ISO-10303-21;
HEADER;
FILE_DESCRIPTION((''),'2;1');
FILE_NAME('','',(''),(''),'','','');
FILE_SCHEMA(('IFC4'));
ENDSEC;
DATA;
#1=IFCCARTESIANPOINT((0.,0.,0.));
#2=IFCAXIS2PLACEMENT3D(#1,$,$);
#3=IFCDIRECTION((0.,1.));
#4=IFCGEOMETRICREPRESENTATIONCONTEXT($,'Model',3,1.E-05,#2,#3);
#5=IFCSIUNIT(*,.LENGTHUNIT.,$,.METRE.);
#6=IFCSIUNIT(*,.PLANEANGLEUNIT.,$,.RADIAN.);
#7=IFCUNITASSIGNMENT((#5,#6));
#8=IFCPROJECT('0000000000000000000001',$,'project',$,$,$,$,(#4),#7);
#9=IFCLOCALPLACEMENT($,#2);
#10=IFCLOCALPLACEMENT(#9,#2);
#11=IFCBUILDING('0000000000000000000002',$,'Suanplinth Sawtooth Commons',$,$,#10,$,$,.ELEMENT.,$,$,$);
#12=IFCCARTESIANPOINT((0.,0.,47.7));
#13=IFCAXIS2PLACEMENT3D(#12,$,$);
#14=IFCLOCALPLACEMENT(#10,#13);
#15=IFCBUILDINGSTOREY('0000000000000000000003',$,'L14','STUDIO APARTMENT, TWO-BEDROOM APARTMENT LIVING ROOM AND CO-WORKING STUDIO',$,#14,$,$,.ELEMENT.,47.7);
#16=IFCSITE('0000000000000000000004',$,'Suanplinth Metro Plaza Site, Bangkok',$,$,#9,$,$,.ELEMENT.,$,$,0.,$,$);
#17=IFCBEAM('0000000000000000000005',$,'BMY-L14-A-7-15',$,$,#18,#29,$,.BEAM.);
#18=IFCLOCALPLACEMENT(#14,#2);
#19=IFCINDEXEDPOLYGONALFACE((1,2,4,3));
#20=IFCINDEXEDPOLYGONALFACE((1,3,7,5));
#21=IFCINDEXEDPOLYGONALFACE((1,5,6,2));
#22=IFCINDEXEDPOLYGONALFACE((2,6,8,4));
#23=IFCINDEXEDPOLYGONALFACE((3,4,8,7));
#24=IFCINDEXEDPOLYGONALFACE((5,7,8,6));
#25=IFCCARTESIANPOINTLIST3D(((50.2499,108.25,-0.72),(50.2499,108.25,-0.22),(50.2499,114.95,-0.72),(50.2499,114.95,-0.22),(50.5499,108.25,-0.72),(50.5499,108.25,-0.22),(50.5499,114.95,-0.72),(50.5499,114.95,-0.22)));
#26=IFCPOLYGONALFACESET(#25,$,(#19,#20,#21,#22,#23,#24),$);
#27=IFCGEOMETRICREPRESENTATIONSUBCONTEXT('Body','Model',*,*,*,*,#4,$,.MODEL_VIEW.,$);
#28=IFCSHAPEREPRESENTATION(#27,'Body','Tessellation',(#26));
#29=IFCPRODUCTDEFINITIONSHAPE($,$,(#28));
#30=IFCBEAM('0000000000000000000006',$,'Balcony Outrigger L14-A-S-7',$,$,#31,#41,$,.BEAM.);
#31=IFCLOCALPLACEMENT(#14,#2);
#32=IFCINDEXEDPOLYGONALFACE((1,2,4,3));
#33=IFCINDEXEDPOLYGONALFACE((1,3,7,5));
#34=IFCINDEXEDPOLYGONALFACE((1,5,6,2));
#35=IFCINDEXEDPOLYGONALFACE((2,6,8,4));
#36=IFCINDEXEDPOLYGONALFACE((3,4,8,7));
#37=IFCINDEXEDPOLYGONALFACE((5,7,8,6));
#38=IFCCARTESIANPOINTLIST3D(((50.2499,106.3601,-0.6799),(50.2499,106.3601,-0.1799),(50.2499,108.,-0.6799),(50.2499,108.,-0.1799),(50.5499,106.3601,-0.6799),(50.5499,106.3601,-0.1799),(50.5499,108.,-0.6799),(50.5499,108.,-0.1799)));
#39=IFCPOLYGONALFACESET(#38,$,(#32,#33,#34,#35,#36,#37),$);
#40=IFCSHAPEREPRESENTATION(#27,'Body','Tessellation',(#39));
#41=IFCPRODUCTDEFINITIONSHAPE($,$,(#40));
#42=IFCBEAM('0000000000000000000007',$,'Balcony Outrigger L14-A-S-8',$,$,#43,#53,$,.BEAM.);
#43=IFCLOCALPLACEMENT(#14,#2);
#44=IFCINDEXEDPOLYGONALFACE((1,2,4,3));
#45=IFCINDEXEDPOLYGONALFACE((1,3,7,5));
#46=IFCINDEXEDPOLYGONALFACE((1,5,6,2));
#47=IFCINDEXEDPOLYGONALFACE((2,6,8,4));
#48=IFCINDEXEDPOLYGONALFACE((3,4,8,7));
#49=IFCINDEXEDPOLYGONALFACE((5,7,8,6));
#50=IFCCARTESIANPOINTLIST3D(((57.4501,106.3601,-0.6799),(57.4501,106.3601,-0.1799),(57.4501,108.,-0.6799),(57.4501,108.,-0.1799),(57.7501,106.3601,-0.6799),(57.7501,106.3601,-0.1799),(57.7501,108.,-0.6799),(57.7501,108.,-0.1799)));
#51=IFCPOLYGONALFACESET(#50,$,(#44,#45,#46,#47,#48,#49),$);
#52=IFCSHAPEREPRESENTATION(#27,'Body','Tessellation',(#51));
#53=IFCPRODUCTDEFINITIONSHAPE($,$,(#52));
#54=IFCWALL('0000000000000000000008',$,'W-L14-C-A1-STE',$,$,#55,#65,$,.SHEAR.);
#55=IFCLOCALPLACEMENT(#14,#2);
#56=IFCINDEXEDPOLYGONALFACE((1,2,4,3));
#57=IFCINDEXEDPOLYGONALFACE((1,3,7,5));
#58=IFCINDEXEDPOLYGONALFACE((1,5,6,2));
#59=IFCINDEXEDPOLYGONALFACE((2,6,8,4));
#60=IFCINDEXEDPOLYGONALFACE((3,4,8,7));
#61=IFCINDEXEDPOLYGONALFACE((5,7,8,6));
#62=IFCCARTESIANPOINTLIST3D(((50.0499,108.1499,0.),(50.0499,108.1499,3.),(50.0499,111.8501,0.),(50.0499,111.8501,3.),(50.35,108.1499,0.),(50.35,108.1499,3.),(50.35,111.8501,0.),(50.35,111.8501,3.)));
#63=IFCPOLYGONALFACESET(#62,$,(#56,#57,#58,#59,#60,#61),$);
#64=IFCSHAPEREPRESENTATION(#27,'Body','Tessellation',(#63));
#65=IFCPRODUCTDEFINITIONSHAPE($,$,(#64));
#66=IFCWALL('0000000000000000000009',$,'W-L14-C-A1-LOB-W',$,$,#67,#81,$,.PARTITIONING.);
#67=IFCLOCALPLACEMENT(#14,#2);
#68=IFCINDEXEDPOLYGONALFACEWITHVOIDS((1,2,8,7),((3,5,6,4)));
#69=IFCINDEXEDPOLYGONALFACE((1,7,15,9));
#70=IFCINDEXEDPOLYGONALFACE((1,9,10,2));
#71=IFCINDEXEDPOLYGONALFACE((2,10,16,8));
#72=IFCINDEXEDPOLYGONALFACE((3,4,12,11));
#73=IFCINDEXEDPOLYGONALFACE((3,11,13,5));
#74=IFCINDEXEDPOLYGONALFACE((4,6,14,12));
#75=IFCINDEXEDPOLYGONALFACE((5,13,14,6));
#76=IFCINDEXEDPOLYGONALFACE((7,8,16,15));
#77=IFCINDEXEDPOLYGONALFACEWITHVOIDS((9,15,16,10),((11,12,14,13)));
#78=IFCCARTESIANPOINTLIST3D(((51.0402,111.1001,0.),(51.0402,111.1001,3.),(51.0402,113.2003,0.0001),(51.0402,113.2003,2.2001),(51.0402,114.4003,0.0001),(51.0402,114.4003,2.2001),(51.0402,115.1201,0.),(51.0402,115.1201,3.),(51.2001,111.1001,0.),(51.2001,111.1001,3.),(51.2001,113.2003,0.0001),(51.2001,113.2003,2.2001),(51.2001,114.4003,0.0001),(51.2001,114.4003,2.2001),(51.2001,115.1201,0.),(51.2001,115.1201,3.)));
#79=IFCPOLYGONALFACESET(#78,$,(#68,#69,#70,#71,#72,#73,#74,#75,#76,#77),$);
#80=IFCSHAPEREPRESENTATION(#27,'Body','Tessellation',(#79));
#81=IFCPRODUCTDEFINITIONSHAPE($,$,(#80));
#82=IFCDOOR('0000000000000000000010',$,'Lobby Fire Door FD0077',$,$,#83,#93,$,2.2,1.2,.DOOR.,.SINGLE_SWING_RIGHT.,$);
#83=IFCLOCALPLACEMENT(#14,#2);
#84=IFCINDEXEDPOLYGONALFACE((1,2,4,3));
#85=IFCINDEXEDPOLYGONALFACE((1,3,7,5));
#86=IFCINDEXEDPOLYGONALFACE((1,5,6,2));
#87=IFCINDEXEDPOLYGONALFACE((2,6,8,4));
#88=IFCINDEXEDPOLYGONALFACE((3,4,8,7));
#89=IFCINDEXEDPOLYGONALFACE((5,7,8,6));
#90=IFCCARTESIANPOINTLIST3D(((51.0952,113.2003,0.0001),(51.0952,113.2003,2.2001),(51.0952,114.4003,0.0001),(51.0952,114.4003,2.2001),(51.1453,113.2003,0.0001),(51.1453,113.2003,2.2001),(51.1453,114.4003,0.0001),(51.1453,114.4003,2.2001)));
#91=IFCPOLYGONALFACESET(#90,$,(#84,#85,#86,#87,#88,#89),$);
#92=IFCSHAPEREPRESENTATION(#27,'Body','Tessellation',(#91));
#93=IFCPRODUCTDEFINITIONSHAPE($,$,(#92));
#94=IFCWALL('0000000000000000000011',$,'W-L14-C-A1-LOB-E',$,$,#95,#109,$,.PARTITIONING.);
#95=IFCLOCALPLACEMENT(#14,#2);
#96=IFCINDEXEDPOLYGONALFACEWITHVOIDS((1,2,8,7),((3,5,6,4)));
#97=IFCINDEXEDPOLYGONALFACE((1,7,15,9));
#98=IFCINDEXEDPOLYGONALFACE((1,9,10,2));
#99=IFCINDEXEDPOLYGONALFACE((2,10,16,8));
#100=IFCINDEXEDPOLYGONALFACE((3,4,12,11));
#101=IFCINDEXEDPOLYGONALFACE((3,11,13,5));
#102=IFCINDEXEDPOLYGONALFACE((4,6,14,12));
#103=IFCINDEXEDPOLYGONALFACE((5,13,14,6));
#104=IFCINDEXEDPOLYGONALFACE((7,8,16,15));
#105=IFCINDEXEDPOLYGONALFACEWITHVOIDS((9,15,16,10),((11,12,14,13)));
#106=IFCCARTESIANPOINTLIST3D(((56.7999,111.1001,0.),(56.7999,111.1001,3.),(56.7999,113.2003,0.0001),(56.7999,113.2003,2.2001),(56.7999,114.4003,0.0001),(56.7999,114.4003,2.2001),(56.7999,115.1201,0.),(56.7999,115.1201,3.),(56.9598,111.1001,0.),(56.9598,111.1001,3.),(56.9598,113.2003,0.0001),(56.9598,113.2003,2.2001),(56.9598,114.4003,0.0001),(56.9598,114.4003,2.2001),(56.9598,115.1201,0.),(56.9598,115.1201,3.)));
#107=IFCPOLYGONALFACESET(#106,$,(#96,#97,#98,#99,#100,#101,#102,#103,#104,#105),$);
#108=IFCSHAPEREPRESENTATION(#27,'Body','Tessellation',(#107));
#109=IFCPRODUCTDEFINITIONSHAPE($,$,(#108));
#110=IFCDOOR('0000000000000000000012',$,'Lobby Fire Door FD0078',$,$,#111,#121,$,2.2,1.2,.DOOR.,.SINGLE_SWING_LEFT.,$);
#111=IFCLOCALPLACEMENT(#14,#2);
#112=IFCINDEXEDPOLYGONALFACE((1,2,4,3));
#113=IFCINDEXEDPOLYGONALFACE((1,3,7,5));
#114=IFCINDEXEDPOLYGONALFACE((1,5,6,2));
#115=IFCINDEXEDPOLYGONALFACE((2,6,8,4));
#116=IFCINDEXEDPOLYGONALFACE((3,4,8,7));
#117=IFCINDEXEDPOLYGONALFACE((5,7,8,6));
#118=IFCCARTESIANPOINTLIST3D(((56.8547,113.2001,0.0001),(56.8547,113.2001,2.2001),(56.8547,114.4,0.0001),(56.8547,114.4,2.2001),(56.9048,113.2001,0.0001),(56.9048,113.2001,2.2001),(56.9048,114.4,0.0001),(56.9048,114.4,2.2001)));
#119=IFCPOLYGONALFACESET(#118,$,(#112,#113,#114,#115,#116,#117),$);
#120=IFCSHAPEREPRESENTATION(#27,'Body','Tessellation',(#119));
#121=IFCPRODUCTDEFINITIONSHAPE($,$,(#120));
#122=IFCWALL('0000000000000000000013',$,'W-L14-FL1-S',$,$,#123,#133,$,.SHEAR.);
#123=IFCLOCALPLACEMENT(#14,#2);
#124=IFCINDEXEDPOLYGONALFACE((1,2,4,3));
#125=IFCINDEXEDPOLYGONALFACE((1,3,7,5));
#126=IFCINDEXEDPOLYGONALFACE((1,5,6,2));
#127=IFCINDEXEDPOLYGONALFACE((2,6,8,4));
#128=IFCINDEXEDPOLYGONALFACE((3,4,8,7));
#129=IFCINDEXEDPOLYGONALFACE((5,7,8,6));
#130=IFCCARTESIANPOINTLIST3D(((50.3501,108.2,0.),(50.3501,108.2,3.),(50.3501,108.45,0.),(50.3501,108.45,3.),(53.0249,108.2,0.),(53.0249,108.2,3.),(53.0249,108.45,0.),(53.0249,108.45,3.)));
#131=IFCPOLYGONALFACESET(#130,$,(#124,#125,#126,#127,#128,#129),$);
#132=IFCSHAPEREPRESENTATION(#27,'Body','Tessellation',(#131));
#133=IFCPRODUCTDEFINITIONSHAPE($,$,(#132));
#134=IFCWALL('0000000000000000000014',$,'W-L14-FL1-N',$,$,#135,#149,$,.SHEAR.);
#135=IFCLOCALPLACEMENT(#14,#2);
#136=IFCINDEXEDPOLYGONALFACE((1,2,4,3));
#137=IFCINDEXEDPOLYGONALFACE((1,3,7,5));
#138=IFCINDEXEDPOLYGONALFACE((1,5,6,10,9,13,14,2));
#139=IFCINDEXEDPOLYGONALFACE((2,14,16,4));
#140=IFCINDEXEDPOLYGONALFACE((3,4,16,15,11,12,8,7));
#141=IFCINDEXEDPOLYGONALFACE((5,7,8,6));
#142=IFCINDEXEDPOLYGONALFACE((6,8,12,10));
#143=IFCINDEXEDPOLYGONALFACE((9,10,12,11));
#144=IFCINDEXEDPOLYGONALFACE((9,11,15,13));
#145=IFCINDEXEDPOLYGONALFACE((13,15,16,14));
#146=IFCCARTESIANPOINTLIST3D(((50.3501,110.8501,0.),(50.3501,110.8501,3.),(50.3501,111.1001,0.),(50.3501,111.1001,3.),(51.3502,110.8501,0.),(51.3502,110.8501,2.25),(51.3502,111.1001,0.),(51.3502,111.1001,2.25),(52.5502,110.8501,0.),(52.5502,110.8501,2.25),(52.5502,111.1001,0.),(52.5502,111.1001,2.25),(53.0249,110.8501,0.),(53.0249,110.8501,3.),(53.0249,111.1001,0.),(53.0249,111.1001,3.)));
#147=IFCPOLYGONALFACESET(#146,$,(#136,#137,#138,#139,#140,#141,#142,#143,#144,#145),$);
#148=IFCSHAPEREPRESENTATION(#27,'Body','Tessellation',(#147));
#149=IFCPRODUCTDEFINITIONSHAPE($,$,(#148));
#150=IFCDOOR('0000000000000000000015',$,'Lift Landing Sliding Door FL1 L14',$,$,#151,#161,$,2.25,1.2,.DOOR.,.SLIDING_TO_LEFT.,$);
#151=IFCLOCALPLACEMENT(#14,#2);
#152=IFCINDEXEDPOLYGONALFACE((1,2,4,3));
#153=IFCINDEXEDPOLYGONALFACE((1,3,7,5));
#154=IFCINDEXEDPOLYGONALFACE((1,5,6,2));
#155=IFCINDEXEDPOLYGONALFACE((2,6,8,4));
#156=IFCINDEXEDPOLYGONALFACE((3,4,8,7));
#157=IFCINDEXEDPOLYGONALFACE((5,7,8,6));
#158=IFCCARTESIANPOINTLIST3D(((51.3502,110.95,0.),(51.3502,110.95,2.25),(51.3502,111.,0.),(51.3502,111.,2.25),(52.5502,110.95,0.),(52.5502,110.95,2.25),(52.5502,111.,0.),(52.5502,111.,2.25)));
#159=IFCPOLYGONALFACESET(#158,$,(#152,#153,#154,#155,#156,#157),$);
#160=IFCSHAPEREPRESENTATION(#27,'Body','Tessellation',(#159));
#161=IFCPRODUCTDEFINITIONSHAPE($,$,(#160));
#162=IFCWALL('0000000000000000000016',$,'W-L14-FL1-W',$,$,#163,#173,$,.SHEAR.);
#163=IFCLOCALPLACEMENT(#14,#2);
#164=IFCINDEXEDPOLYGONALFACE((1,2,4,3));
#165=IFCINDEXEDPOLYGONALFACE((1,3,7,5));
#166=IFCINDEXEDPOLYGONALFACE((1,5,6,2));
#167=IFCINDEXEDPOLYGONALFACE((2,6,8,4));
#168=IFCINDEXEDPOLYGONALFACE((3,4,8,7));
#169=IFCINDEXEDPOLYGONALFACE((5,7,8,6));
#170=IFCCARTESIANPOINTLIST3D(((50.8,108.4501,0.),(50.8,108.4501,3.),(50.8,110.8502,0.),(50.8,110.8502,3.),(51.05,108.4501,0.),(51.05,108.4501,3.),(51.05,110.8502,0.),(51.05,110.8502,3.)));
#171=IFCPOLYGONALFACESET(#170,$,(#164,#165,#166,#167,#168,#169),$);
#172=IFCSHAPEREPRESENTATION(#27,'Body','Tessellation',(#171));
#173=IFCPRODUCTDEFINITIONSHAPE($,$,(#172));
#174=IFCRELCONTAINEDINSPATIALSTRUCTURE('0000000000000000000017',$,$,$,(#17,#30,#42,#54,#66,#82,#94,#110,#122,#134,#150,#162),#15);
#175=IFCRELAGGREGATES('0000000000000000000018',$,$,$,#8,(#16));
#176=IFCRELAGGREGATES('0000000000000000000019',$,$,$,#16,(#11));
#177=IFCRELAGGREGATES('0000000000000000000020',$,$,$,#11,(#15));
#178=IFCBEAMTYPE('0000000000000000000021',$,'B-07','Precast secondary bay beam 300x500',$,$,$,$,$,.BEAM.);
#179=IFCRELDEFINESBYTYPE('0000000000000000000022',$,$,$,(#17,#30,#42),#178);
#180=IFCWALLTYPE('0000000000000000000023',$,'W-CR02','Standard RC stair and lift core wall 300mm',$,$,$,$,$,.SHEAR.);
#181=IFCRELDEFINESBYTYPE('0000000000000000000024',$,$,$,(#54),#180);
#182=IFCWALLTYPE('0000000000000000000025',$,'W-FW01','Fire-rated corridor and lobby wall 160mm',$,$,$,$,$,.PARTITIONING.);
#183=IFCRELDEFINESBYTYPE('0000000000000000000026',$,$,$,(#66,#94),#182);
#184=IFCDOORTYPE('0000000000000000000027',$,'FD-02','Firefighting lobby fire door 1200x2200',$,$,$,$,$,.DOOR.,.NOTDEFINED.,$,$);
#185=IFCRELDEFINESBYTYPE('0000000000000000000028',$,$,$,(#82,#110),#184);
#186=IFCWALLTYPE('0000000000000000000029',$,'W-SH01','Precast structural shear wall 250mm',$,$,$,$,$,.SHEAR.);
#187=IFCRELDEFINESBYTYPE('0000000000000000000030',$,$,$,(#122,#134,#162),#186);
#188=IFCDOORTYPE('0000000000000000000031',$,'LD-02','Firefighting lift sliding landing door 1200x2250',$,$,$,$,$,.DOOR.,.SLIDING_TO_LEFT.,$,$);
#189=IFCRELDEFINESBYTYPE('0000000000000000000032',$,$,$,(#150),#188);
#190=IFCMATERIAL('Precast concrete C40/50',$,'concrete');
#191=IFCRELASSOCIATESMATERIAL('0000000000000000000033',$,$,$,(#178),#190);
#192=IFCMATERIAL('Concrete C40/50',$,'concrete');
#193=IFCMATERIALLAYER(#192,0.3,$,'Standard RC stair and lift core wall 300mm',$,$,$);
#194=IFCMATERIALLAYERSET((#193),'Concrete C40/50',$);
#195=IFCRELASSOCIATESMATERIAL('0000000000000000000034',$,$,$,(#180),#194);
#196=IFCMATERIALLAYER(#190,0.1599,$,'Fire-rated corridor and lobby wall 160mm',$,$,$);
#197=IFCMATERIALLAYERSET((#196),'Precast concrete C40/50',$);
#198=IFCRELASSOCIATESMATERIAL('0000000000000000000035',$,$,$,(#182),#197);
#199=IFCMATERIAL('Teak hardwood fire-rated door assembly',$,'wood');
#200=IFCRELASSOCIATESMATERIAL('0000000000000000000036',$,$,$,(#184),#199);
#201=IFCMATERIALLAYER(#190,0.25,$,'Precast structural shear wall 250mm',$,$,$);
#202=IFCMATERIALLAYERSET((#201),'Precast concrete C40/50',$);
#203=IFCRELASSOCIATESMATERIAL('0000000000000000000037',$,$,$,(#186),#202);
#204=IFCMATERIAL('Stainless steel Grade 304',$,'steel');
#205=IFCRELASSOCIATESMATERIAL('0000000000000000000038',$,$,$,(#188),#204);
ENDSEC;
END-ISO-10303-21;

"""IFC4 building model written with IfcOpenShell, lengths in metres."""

from ifc_helpers import new_model, si_unit, direction, frame, frame_2d, origin, origin_2d, place, context, subcontext, project, spatial, rectangle, extrude, material, layer, layer_set, material_profile, profile_set, type_object, element, fill, save


model = new_model("IFC4")

# Units and contexts
model_context = context("Model", 3, precision=1e-05, world=origin(), true_north=direction((0.0, 1.0)))
body_context = subcontext(model_context, "Body", "Model", "MODEL_VIEW")
ifc_project = project(units=[si_unit("LENGTHUNIT", "METRE"), si_unit("PLANEANGLEUNIT", "RADIAN")], contexts=[model_context])

# Site, building, storey
site_placement = place(None, origin())
site = spatial("IfcSite", under=ifc_project, at=site_placement, Name="Suanplinth Metro Plaza Site, Bangkok", CompositionType="ELEMENT", RefElevation=0.0)
building_placement = place(site_placement, origin())
building = spatial("IfcBuilding", under=site, at=building_placement, Name="Suanplinth Sawtooth Commons", CompositionType="ELEMENT")
storey_placement = place(building_placement, frame((0.0, 0.0, 47.7)))
storey = spatial("IfcBuildingStorey", under=building, at=storey_placement, Name="L14", Description="STUDIO APARTMENT, TWO-BEDROOM APARTMENT LIVING ROOM AND CO-WORKING STUDIO", CompositionType="ELEMENT", Elevation=47.7)

# Beams
ifc_material_1 = material(Name="Precast concrete C40/50", Category="concrete")
ifc_material_profile = material_profile(ifc_material_1, rectangle(XDim=0.3, YDim=0.5, at=origin_2d()), Name="PC-BM 300x500")
ifc_profile_set = profile_set([ifc_material_profile], Name="Precast concrete C40/50")
beam_type = type_object("IfcBeamType", Name="B-07", Description="Precast secondary bay beam 300x500", PredefinedType="BEAM", material=ifc_profile_set)
beam_placement = place(storey_placement, frame((50.3999, 108.25, -0.47), z_axis=(0.0, 1.0, 0.0), x_axis=(-1.0, 0.0, 0.0)))
element("IfcBeam", 1, at=beam_placement, inside=storey, type_object=beam_type, Name="BMY-L14-A-7-15", PredefinedType="BEAM", context=body_context, shape_type="SweptSolid", body=[
    extrude(rectangle(XDim=0.3, YDim=0.5, at=origin_2d()), origin(), (0.0, 0.0, 1.0), 6.7),
])
for number, where, z_axis, x_axis, name in (
    (2, (50.3999, 108.0, -0.4299), (0.0, -1.0, 0.0), (1.0, 0.0, 0.0), "Balcony Outrigger L14-A-S-7"),
    (3, (57.6001, 108.0, -0.4299), (0.0, -1.0, 0.0), (1.0, 0.0, 0.0), "Balcony Outrigger L14-A-S-8"),
):
    element("IfcBeam", number, at=place(storey_placement, frame(where, z_axis=z_axis, x_axis=x_axis)), inside=storey, type_object=beam_type, Name=name, PredefinedType="BEAM", context=body_context, shape_type="SweptSolid", body=[
        extrude(rectangle(XDim=0.3, YDim=0.5, at=origin_2d()), origin(), (0.0, 0.0, 1.0), 1.6399),
    ])

# Wall
ifc_material_2 = material(Name="Concrete C40/50", Category="concrete")
ifc_layer_1 = layer(ifc_material_2, 0.3, Name="Standard RC stair and lift core wall 300mm")
ifc_layer_set_1 = layer_set([ifc_layer_1], Name="Concrete C40/50")
wall_type_1 = type_object("IfcWallType", Name="W-CR02", Description="Standard RC stair and lift core wall 300mm", PredefinedType="SHEAR", material=ifc_layer_set_1)
wall_1_placement = place(storey_placement, frame((50.2, 108.1499, 0.0), z_axis=(0.0, 0.0, 1.0), x_axis=(0.0, 1.0, 0.0)))
element("IfcWall", 4, at=wall_1_placement, inside=storey, type_object=wall_type_1, Name="W-L14-C-A1-STE", PredefinedType="SHEAR", context=body_context, shape_type="SweptSolid", body=[
    extrude(rectangle(XDim=3.7002, YDim=0.3, at=frame_2d((1.8501, 0.0))), origin(), (0.0, 0.0, 1.0), 3.0),
])

# Walls, openings, doors
ifc_layer_2 = layer(ifc_material_1, 0.1599, Name="Fire-rated corridor and lobby wall 160mm")
ifc_layer_set_2 = layer_set([ifc_layer_2], Name="Precast concrete C40/50")
wall_type_2 = type_object("IfcWallType", Name="W-FW01", Description="Fire-rated corridor and lobby wall 160mm", PredefinedType="PARTITIONING", material=ifc_layer_set_2)
wall_2_placement = place(storey_placement, frame((51.1201, 111.1001, 0.0), z_axis=(0.0, 0.0, 1.0), x_axis=(0.0, 1.0, 0.0)))
wall_2 = element("IfcWall", 5, at=wall_2_placement, inside=storey, type_object=wall_type_2, Name="W-L14-C-A1-LOB-W", PredefinedType="PARTITIONING", context=body_context, shape_type="SweptSolid", body=[
    extrude(rectangle(XDim=4.02, YDim=0.1599, at=frame_2d((2.01, 0.0))), origin(), (0.0, 0.0, 1.0), 3.0),
])
opening_1_placement = place(wall_2_placement, frame((2.1001, 0.0, 0.0)))
opening_1 = element("IfcOpeningElement", 6, at=opening_1_placement, cuts=wall_2, PredefinedType="OPENING", context=body_context, shape_type="SweptSolid", body=[
    extrude(rectangle(XDim=1.2, YDim=2.2, at=frame_2d((0.6001, 1.1001))), frame((0.0, 0.0947, 0.0), z_axis=(0.0, -1.0, 0.0), x_axis=(1.0, 0.0, 0.0)), (0.0, 0.0, 1.0), 0.1897),
])
ifc_material_3 = material(Name="Teak hardwood fire-rated door assembly", Category="wood")
door_type_1 = type_object("IfcDoorType", Name="FD-02", Description="Firefighting lobby fire door 1200x2200", OperationType="NOTDEFINED", PredefinedType="DOOR", material=ifc_material_3)
door_1_placement = place(opening_1_placement, origin())
door_1 = element("IfcDoor", 7, at=door_1_placement, inside=storey, type_object=door_type_1, Name="Lobby Fire Door FD0077", OperationType="SINGLE_SWING_RIGHT", OverallHeight=2.2, OverallWidth=1.2, PredefinedType="DOOR", context=body_context, shape_type="SweptSolid", body=[
    extrude(rectangle(XDim=1.2, YDim=2.2, at=frame_2d((0.6001, 1.1001))), frame((0.0, 0.0249, 0.0), z_axis=(0.0, -1.0, 0.0), x_axis=(1.0, 0.0, 0.0)), (0.0, 0.0, 1.0), 0.05),
])
fill(opening_1, door_1)
wall_3_placement = place(storey_placement, frame((56.8799, 111.1001, 0.0), z_axis=(0.0, 0.0, 1.0), x_axis=(0.0, 1.0, 0.0)))
wall_3 = element("IfcWall", 8, at=wall_3_placement, inside=storey, type_object=wall_type_2, Name="W-L14-C-A1-LOB-E", PredefinedType="PARTITIONING", context=body_context, shape_type="SweptSolid", body=[
    extrude(rectangle(XDim=4.02, YDim=0.1599, at=frame_2d((2.01, 0.0))), origin(), (0.0, 0.0, 1.0), 3.0),
])
opening_2_placement = place(wall_3_placement, frame((2.1001, 0.0, 0.0)))
opening_2 = element("IfcOpeningElement", 9, at=opening_2_placement, cuts=wall_3, PredefinedType="OPENING", context=body_context, shape_type="SweptSolid", body=[
    extrude(rectangle(XDim=1.2, YDim=2.2, at=frame_2d((0.6001, 1.1001))), frame((0.0, 0.0947, 0.0), z_axis=(0.0, -1.0, 0.0), x_axis=(1.0, 0.0, 0.0)), (0.0, 0.0, 1.0), 0.1897),
])
door_2_placement = place(opening_2_placement, frame((1.2, 0.0, 0.0), z_axis=(0.0, 0.0, 1.0), x_axis=(-1.0, 0.0, 0.0)))
door_2 = element("IfcDoor", 10, at=door_2_placement, inside=storey, type_object=door_type_1, Name="Lobby Fire Door FD0078", OperationType="SINGLE_SWING_LEFT", OverallHeight=2.2, OverallWidth=1.2, PredefinedType="DOOR", context=body_context, shape_type="SweptSolid", body=[
    extrude(rectangle(XDim=1.2, YDim=2.2, at=frame_2d((0.6001, 1.1001))), frame((0.0, 0.0249, 0.0), z_axis=(0.0, -1.0, 0.0), x_axis=(1.0, 0.0, 0.0)), (0.0, 0.0, 1.0), 0.05),
])
fill(opening_2, door_2)

# Wall
ifc_layer_3 = layer(ifc_material_1, 0.25, Name="Precast structural shear wall 250mm")
ifc_layer_set_3 = layer_set([ifc_layer_3], Name="Precast concrete C40/50")
wall_type_3 = type_object("IfcWallType", Name="W-SH01", Description="Precast structural shear wall 250mm", PredefinedType="SHEAR", material=ifc_layer_set_3)
wall_4_placement = place(storey_placement, frame((50.3501, 108.325, 0.0), z_axis=(0.0, 0.0, 1.0), x_axis=(1.0, 0.0, 0.0)))
element("IfcWall", 11, at=wall_4_placement, inside=storey, type_object=wall_type_3, Name="W-L14-FL1-S", PredefinedType="SHEAR", context=body_context, shape_type="SweptSolid", body=[
    extrude(rectangle(XDim=2.6748, YDim=0.25, at=frame_2d((1.3374, 0.0))), origin(), (0.0, 0.0, 1.0), 3.0),
])

# Wall, opening, door
wall_5_placement = place(storey_placement, frame((50.3501, 110.9751, 0.0), z_axis=(0.0, 0.0, 1.0), x_axis=(1.0, 0.0, 0.0)))
wall_5 = element("IfcWall", 12, at=wall_5_placement, inside=storey, type_object=wall_type_3, Name="W-L14-FL1-N", PredefinedType="SHEAR", context=body_context, shape_type="SweptSolid", body=[
    extrude(rectangle(XDim=2.6748, YDim=0.25, at=frame_2d((1.3374, 0.0))), origin(), (0.0, 0.0, 1.0), 3.0),
])
opening_3_placement = place(wall_5_placement, frame((1.0, 0.0, 0.0)))
opening_3 = element("IfcOpeningElement", 13, at=opening_3_placement, cuts=wall_5, PredefinedType="OPENING", context=body_context, shape_type="SweptSolid", body=[
    extrude(rectangle(XDim=1.2, YDim=2.25, at=frame_2d((0.6001, 1.125))), frame((0.0, 0.1399, 0.0), z_axis=(0.0, -1.0, 0.0), x_axis=(1.0, 0.0, 0.0)), (0.0, 0.0, 1.0), 0.2798),
])
ifc_material_4 = material(Name="Stainless steel Grade 304", Category="steel")
door_type_2 = type_object("IfcDoorType", Name="LD-02", Description="Firefighting lift sliding landing door 1200x2250", OperationType="SLIDING_TO_LEFT", PredefinedType="DOOR", material=ifc_material_4)
door_3_placement = place(opening_3_placement, origin())
door_3 = element("IfcDoor", 14, at=door_3_placement, inside=storey, type_object=door_type_2, Name="Lift Landing Sliding Door FL1 L14", OperationType="SLIDING_TO_LEFT", OverallHeight=2.25, OverallWidth=1.2, PredefinedType="DOOR", context=body_context, shape_type="SweptSolid", body=[
    extrude(rectangle(XDim=1.2, YDim=2.25, at=frame_2d((0.6001, 1.125))), frame((0.0, 0.0249, 0.0), z_axis=(0.0, -1.0, 0.0), x_axis=(1.0, 0.0, 0.0)), (0.0, 0.0, 1.0), 0.05),
])
fill(opening_3, door_3)

# Wall
for number, where, z_axis, x_axis, name in (
    (15, (50.925, 108.45, 0.0), (0.0, 0.0, 1.0), (0.0, 1.0, 0.0), "W-L14-FL1-W"),
):
    element("IfcWall", number, at=place(storey_placement, frame(where, z_axis=z_axis, x_axis=x_axis)), inside=storey, type_object=wall_type_3, Name=name, PredefinedType="SHEAR", context=body_context, shape_type="SweptSolid", body=[
        extrude(rectangle(XDim=2.4001, YDim=0.25, at=frame_2d((1.2002, 0.0))), origin(), (0.0, 0.0, 1.0), 3.0),
    ])

save(model, "model.ifc")
